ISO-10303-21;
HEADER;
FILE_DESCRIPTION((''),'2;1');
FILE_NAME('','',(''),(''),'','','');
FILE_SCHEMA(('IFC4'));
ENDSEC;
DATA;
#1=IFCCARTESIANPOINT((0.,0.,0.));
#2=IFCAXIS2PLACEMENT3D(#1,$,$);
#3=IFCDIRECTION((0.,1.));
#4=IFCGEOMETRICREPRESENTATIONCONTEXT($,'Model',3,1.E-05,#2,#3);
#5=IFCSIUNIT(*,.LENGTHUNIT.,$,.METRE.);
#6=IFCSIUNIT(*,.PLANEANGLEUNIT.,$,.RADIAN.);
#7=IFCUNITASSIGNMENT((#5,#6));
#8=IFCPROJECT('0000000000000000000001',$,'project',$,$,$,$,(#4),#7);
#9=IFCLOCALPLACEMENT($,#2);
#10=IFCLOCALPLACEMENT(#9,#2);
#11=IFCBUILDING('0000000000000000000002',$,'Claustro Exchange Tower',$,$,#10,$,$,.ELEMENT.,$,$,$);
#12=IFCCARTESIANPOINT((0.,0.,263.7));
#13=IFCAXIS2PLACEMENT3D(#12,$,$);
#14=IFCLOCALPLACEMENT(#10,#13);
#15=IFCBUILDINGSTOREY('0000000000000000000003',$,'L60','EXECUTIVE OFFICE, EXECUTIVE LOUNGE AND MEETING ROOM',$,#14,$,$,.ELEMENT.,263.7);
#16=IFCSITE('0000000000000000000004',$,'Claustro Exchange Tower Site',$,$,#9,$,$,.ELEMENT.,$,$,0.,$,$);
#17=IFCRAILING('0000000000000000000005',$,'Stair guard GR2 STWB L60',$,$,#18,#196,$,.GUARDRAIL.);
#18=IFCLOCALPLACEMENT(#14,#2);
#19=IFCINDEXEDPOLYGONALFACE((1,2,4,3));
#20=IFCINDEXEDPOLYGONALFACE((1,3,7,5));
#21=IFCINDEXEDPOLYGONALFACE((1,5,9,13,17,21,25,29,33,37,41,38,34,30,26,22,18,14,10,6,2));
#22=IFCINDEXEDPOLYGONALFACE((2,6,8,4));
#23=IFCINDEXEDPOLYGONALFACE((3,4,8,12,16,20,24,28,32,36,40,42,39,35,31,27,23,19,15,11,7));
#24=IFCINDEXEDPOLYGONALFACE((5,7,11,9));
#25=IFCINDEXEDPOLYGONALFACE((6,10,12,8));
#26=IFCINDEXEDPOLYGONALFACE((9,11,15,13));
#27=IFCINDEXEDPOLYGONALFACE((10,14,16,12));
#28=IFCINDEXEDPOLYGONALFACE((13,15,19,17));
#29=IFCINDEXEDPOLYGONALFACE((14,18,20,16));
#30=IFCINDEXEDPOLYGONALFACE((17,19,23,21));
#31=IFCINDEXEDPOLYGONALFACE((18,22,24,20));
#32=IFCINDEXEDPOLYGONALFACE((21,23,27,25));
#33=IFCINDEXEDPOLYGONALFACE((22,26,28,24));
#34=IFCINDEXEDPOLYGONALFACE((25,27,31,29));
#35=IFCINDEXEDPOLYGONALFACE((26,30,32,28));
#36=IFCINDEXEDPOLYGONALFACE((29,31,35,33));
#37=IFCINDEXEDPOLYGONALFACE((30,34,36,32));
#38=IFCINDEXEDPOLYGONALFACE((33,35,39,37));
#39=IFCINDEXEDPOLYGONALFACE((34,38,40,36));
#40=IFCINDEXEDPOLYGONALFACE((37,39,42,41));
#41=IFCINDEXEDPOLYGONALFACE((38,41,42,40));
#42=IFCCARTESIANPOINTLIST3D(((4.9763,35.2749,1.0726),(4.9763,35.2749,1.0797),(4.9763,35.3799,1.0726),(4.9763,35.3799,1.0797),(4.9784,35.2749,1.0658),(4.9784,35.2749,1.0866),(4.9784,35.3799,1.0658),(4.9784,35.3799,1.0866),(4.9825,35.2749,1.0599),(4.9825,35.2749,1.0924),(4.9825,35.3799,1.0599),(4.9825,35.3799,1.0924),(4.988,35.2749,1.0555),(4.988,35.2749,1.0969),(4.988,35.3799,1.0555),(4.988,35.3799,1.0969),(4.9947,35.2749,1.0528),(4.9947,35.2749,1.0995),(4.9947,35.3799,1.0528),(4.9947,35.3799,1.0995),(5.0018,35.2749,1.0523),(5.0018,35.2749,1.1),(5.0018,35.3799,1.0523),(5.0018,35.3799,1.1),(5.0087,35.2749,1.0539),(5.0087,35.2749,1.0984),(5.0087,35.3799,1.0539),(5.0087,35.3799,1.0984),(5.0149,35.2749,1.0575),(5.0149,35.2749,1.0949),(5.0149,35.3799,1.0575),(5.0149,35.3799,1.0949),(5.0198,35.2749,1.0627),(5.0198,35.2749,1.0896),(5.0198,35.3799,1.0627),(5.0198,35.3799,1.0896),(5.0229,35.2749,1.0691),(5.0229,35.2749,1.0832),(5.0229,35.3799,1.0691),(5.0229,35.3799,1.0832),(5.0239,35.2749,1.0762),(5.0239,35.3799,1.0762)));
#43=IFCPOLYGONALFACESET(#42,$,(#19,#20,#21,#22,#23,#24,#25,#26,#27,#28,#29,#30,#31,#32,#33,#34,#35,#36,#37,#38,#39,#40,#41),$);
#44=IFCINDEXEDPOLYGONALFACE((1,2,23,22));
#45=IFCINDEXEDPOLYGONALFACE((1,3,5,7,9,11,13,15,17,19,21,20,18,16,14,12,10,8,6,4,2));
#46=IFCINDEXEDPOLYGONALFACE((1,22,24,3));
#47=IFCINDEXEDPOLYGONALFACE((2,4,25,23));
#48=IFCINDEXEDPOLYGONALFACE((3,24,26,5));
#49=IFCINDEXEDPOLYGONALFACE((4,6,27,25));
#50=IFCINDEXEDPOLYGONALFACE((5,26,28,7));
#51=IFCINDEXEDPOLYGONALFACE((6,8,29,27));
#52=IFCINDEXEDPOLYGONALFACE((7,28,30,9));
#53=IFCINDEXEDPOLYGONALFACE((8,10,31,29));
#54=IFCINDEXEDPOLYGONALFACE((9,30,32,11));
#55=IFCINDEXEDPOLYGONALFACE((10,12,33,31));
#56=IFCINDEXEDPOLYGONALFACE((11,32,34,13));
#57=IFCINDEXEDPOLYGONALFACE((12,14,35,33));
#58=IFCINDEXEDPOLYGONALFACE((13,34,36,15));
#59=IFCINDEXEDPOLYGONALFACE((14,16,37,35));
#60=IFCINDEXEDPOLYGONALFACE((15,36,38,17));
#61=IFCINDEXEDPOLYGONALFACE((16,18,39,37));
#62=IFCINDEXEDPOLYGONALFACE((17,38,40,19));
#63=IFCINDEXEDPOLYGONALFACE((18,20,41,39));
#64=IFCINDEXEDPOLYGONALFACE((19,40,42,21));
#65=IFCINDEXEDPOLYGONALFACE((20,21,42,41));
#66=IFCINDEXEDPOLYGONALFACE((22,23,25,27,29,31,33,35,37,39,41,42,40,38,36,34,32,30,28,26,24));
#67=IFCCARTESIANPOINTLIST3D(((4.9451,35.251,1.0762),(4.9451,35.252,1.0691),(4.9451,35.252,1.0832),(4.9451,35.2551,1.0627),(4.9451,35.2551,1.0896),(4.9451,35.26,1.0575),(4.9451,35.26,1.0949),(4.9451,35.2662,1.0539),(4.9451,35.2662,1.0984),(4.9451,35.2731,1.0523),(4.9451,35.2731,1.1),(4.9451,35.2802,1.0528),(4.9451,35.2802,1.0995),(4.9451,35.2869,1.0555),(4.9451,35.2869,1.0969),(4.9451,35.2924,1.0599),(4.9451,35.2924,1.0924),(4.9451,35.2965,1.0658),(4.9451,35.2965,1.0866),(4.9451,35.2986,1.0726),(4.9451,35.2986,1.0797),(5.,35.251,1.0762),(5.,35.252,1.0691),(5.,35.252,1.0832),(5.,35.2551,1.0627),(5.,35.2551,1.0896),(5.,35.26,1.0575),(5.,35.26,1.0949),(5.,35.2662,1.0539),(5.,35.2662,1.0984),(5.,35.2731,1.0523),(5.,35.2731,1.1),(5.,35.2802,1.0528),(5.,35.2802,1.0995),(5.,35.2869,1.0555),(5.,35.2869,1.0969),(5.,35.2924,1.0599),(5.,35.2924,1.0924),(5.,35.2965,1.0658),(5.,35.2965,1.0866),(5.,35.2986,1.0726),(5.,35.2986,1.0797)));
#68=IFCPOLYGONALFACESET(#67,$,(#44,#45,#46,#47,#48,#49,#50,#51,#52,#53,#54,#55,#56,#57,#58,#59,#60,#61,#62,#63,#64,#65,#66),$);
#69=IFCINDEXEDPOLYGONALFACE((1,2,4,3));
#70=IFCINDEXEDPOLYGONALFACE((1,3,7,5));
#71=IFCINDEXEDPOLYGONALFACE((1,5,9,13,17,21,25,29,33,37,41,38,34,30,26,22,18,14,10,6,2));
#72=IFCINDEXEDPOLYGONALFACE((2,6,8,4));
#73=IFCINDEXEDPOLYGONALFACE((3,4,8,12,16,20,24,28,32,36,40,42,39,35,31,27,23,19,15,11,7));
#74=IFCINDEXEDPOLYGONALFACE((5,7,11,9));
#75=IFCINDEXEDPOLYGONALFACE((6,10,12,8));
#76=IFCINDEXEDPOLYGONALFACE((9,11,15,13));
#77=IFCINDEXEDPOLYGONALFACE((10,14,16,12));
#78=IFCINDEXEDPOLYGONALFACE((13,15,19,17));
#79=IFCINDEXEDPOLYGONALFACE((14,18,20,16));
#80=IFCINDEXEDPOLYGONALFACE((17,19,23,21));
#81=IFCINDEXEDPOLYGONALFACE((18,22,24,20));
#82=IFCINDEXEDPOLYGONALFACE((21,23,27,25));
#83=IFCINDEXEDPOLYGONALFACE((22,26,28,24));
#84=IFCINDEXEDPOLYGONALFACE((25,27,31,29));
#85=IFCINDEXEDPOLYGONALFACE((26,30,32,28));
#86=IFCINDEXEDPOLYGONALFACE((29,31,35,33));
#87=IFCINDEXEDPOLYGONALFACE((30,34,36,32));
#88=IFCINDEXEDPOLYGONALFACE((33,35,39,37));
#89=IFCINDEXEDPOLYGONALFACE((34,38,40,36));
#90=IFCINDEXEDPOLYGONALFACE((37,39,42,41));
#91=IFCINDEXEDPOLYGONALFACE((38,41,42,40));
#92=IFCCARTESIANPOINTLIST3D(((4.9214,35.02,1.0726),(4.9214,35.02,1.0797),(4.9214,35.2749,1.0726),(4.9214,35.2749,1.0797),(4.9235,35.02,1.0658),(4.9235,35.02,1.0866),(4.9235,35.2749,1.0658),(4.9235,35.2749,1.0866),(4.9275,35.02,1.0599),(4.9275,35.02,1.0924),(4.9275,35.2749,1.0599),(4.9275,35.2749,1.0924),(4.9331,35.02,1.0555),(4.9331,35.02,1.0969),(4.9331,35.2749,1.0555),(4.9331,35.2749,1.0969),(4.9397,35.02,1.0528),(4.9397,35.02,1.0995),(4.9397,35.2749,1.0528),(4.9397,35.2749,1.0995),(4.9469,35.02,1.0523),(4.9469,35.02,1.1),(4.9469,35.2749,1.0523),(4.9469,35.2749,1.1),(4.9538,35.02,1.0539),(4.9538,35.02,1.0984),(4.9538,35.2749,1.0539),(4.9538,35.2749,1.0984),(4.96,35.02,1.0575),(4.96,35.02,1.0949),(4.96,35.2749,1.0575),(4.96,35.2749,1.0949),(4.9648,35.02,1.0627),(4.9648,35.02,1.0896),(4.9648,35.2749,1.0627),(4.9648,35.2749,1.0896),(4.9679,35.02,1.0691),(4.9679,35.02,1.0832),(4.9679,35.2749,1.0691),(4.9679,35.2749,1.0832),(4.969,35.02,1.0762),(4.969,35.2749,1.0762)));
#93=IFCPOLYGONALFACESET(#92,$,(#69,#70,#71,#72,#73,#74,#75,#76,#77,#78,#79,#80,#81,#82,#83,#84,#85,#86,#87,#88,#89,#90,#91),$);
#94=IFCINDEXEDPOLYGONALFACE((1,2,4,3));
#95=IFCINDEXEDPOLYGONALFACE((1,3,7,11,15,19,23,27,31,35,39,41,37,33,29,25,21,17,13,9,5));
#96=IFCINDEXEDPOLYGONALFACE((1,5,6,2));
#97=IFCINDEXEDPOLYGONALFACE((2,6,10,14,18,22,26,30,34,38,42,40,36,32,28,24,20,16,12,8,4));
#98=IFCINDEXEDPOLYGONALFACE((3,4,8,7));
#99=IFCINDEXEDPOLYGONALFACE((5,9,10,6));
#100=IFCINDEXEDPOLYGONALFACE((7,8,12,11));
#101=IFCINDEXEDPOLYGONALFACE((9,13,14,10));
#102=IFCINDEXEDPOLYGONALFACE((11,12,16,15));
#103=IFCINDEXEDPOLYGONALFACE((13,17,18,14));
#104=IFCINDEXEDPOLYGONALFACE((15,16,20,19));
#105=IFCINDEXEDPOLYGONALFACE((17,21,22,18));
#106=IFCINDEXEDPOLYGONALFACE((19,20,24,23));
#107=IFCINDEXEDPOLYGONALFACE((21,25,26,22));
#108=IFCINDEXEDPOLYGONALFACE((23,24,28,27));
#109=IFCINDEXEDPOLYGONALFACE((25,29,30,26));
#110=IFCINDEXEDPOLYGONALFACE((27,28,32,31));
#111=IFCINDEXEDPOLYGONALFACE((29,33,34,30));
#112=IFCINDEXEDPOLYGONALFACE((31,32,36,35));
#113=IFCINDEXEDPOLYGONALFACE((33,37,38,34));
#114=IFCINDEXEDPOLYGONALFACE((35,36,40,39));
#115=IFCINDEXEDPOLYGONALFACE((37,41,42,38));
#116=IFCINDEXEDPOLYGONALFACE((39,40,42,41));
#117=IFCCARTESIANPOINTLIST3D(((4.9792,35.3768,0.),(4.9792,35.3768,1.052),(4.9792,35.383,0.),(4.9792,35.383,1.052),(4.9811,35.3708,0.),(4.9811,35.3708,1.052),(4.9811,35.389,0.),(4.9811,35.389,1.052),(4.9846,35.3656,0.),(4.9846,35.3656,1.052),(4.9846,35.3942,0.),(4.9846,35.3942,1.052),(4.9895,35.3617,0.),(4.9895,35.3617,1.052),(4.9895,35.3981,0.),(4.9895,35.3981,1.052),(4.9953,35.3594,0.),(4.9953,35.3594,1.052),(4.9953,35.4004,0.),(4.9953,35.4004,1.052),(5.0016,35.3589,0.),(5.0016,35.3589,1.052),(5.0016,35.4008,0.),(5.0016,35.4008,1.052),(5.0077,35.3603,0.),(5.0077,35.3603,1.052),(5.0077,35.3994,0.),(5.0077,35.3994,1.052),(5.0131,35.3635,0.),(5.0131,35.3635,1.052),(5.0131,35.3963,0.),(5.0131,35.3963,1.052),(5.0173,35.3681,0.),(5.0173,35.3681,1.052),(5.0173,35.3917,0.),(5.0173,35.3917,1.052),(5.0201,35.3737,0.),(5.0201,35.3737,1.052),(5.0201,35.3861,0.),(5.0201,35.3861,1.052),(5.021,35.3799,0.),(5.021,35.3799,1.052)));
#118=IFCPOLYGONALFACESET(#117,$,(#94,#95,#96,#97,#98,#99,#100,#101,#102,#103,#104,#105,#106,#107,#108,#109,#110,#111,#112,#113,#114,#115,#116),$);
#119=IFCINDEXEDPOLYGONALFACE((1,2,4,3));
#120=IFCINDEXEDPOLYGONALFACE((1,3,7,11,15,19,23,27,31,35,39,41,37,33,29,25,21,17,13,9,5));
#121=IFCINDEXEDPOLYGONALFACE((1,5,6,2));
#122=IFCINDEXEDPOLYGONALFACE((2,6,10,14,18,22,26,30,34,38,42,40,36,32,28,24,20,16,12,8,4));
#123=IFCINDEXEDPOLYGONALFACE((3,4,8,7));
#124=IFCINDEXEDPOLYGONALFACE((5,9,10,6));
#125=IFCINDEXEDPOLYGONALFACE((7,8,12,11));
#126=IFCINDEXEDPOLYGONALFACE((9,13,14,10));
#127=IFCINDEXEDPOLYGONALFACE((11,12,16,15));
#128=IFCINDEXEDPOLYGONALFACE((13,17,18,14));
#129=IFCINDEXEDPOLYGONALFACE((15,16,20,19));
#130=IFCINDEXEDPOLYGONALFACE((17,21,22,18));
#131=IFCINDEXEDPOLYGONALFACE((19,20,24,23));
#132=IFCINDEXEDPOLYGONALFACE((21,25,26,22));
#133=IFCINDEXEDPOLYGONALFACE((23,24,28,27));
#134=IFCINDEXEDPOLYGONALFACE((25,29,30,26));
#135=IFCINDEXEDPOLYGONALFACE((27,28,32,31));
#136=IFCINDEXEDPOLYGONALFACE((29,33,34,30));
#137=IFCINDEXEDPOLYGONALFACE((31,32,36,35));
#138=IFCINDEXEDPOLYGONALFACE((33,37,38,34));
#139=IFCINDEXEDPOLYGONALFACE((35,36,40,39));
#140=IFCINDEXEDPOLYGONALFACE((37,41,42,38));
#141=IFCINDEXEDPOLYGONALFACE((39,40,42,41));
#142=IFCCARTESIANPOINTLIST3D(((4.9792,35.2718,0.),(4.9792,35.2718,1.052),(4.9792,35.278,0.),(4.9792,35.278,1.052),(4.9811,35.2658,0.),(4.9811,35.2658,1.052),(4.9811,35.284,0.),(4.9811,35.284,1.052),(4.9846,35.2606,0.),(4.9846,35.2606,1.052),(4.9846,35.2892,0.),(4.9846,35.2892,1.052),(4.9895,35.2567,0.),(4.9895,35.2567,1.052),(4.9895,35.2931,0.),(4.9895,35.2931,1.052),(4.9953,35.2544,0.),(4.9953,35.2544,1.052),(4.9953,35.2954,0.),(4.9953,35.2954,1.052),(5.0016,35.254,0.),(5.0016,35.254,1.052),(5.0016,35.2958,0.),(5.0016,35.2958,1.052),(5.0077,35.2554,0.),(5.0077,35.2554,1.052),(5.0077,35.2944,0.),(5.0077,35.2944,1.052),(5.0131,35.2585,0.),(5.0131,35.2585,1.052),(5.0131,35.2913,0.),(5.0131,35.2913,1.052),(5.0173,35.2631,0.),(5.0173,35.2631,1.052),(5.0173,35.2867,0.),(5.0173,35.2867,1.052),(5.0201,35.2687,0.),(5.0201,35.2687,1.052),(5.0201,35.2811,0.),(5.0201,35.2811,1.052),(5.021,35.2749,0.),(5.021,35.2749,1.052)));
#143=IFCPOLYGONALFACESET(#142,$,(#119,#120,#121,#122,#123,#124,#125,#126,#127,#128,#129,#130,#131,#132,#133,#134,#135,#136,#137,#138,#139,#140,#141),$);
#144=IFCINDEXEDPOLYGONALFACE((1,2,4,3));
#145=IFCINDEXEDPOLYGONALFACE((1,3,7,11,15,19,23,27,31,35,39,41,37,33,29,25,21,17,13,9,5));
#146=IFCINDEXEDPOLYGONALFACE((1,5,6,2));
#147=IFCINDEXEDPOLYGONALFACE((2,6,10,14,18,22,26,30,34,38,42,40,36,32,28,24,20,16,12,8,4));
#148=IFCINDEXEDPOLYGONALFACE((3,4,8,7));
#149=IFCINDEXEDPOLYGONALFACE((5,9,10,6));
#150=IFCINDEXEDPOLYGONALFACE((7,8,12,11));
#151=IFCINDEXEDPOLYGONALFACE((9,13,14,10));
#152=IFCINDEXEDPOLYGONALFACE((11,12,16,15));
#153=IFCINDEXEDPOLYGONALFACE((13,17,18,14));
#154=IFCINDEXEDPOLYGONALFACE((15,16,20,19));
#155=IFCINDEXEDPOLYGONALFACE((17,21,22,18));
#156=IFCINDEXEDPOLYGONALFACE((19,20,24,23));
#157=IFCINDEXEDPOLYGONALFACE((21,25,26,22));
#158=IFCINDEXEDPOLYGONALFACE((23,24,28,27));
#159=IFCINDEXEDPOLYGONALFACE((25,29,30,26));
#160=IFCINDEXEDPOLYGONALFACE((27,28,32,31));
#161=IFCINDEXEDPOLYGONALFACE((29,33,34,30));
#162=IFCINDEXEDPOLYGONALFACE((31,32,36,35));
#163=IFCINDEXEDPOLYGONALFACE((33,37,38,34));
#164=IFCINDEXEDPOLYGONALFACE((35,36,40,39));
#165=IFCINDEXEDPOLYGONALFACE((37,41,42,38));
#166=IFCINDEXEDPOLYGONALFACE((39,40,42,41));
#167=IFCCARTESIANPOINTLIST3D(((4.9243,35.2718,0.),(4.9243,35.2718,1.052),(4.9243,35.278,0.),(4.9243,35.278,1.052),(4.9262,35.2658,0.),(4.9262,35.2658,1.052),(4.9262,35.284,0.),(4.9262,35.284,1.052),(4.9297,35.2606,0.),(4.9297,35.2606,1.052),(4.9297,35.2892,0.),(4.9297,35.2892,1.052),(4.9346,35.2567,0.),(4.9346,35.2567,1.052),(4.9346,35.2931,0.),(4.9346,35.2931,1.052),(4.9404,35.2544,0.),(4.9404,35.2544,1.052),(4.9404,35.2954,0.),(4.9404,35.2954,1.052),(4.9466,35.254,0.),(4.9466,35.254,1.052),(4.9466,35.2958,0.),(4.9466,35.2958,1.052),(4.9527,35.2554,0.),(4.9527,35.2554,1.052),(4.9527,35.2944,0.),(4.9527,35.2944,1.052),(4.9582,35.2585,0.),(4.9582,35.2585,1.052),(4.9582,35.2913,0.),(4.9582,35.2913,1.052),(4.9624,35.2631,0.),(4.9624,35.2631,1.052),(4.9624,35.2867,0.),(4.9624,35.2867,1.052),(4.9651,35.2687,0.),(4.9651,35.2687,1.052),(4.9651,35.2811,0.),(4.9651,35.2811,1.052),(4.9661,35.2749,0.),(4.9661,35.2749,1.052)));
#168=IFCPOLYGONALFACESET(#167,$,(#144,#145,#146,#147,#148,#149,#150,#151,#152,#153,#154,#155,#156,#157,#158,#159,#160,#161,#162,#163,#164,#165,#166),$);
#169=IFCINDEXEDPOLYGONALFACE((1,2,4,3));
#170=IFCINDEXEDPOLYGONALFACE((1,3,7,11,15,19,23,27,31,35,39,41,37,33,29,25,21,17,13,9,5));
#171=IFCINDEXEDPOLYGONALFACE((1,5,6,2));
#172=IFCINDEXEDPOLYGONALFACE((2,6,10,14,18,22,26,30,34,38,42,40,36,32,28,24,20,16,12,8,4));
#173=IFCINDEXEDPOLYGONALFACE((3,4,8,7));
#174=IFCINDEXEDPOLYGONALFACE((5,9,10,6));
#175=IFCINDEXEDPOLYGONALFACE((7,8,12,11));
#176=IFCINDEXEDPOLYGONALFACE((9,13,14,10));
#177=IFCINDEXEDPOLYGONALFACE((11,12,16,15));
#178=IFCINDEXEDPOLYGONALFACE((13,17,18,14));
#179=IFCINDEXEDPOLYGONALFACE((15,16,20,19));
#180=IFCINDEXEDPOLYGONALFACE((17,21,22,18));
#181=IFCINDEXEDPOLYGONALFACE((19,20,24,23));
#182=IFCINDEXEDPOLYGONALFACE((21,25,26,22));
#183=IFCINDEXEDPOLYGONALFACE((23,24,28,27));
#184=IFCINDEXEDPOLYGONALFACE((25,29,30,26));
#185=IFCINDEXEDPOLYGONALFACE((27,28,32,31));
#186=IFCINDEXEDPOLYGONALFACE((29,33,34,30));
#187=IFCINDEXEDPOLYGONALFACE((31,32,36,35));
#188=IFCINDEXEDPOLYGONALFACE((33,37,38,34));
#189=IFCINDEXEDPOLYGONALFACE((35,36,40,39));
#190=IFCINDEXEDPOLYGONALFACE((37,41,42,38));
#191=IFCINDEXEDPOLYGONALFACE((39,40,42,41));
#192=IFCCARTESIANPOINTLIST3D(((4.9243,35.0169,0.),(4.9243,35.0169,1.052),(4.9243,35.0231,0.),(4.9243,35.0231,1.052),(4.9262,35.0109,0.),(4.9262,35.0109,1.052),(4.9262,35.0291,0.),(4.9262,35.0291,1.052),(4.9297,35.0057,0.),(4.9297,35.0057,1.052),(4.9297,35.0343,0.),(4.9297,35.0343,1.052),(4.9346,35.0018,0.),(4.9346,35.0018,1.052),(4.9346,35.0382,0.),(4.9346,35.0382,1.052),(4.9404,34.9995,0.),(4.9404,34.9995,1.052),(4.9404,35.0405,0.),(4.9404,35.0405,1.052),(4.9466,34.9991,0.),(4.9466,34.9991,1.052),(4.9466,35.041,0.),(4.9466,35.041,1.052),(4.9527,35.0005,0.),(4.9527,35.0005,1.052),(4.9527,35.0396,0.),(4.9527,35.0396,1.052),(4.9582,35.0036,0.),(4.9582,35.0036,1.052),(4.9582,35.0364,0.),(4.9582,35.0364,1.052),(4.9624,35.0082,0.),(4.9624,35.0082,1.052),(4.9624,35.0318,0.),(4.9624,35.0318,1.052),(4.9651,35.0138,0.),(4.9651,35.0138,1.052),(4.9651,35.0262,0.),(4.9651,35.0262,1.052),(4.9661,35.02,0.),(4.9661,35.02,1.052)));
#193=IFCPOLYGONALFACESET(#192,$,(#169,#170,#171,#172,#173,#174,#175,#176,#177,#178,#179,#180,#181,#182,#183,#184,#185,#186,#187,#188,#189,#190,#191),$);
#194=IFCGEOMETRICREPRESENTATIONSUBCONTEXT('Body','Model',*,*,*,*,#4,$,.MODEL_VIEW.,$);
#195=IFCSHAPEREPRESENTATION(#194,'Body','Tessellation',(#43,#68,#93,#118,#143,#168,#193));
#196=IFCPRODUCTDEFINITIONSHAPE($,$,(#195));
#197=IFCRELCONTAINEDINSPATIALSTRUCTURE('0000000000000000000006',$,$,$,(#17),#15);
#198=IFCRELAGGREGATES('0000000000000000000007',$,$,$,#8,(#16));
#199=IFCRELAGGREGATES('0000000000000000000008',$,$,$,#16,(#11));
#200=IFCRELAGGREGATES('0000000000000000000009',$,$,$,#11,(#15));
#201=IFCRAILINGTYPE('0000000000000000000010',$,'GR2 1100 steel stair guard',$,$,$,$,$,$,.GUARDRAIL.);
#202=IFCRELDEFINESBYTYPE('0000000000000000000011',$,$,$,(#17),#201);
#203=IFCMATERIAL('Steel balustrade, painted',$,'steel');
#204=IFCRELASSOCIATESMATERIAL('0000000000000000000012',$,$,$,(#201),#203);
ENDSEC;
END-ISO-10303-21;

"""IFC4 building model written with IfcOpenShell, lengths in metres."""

from ifc_helpers import new_model, si_unit, direction, frame, origin, origin_2d, place, context, subcontext, project, spatial, circle, extrude, material, type_object, element, save


model = new_model("IFC4")

# Units and contexts
model_context = context("Model", 3, precision=1e-05, world=origin(), true_north=direction((0.0, 1.0)))
body_context = subcontext(model_context, "Body", "Model", "MODEL_VIEW")
ifc_project = project(units=[si_unit("LENGTHUNIT", "METRE"), si_unit("PLANEANGLEUNIT", "RADIAN")], contexts=[model_context])

# Site, building, storey
site_placement = place(None, origin())
site = spatial("IfcSite", under=ifc_project, at=site_placement, Name="Claustro Exchange Tower Site", CompositionType="ELEMENT", RefElevation=0.0)
building_placement = place(site_placement, origin())
building = spatial("IfcBuilding", under=site, at=building_placement, Name="Claustro Exchange Tower", CompositionType="ELEMENT")
storey_placement = place(building_placement, frame((0.0, 0.0, 263.7)))
storey = spatial("IfcBuildingStorey", under=building, at=storey_placement, Name="L60", Description="EXECUTIVE OFFICE, EXECUTIVE LOUNGE AND MEETING ROOM", CompositionType="ELEMENT", Elevation=263.7)

# Railing
ifc_material_1 = material(Name="Steel balustrade, painted", Category="steel")
railing_type_1 = type_object("IfcRailingType", Name="GR2 1100 steel stair guard", PredefinedType="GUARDRAIL", material=ifc_material_1)
railing_1_placement = place(storey_placement, frame((5.0, 35.3799, 0.0)))
element("IfcRailing", 1, at=railing_1_placement, inside=storey, type_object=railing_type_1, Name="Stair guard GR2 STWB L60", PredefinedType="GUARDRAIL", context=body_context, shape_type="SweptSolid", body=[
    extrude(circle(Radius=0.0239, at=origin_2d()), frame((0.0, 0.0, 1.0762), z_axis=(0.0, -1.0, 0.0), x_axis=(1.0, 0.0, 0.0)), (0.0, 0.0, 1.0), 0.105),
    extrude(circle(Radius=0.0239, at=origin_2d()), frame((0.0, -0.105, 1.0762), z_axis=(-1.0, 0.0, 0.0), x_axis=(0.0, -1.0, 0.0)), (0.0, 0.0, 1.0), 0.0549),
    extrude(circle(Radius=0.0239, at=origin_2d()), frame((-0.0549, -0.105, 1.0762), z_axis=(0.0, -1.0, 0.0), x_axis=(1.0, 0.0, 0.0)), (0.0, 0.0, 1.0), 0.2549),
    extrude(circle(Radius=0.021, at=origin_2d()), origin(), (0.0, 0.0, 1.0), 1.052),
    extrude(circle(Radius=0.021, at=origin_2d()), frame((0.0, -0.105, 0.0)), (0.0, 0.0, 1.0), 1.052),
    extrude(circle(Radius=0.021, at=origin_2d()), frame((-0.0549, -0.105, 0.0)), (0.0, 0.0, 1.0), 1.052),
    extrude(circle(Radius=0.021, at=origin_2d()), frame((-0.0549, -0.3599, 0.0)), (0.0, 0.0, 1.0), 1.052),
])

save(model, "model.ifc")
